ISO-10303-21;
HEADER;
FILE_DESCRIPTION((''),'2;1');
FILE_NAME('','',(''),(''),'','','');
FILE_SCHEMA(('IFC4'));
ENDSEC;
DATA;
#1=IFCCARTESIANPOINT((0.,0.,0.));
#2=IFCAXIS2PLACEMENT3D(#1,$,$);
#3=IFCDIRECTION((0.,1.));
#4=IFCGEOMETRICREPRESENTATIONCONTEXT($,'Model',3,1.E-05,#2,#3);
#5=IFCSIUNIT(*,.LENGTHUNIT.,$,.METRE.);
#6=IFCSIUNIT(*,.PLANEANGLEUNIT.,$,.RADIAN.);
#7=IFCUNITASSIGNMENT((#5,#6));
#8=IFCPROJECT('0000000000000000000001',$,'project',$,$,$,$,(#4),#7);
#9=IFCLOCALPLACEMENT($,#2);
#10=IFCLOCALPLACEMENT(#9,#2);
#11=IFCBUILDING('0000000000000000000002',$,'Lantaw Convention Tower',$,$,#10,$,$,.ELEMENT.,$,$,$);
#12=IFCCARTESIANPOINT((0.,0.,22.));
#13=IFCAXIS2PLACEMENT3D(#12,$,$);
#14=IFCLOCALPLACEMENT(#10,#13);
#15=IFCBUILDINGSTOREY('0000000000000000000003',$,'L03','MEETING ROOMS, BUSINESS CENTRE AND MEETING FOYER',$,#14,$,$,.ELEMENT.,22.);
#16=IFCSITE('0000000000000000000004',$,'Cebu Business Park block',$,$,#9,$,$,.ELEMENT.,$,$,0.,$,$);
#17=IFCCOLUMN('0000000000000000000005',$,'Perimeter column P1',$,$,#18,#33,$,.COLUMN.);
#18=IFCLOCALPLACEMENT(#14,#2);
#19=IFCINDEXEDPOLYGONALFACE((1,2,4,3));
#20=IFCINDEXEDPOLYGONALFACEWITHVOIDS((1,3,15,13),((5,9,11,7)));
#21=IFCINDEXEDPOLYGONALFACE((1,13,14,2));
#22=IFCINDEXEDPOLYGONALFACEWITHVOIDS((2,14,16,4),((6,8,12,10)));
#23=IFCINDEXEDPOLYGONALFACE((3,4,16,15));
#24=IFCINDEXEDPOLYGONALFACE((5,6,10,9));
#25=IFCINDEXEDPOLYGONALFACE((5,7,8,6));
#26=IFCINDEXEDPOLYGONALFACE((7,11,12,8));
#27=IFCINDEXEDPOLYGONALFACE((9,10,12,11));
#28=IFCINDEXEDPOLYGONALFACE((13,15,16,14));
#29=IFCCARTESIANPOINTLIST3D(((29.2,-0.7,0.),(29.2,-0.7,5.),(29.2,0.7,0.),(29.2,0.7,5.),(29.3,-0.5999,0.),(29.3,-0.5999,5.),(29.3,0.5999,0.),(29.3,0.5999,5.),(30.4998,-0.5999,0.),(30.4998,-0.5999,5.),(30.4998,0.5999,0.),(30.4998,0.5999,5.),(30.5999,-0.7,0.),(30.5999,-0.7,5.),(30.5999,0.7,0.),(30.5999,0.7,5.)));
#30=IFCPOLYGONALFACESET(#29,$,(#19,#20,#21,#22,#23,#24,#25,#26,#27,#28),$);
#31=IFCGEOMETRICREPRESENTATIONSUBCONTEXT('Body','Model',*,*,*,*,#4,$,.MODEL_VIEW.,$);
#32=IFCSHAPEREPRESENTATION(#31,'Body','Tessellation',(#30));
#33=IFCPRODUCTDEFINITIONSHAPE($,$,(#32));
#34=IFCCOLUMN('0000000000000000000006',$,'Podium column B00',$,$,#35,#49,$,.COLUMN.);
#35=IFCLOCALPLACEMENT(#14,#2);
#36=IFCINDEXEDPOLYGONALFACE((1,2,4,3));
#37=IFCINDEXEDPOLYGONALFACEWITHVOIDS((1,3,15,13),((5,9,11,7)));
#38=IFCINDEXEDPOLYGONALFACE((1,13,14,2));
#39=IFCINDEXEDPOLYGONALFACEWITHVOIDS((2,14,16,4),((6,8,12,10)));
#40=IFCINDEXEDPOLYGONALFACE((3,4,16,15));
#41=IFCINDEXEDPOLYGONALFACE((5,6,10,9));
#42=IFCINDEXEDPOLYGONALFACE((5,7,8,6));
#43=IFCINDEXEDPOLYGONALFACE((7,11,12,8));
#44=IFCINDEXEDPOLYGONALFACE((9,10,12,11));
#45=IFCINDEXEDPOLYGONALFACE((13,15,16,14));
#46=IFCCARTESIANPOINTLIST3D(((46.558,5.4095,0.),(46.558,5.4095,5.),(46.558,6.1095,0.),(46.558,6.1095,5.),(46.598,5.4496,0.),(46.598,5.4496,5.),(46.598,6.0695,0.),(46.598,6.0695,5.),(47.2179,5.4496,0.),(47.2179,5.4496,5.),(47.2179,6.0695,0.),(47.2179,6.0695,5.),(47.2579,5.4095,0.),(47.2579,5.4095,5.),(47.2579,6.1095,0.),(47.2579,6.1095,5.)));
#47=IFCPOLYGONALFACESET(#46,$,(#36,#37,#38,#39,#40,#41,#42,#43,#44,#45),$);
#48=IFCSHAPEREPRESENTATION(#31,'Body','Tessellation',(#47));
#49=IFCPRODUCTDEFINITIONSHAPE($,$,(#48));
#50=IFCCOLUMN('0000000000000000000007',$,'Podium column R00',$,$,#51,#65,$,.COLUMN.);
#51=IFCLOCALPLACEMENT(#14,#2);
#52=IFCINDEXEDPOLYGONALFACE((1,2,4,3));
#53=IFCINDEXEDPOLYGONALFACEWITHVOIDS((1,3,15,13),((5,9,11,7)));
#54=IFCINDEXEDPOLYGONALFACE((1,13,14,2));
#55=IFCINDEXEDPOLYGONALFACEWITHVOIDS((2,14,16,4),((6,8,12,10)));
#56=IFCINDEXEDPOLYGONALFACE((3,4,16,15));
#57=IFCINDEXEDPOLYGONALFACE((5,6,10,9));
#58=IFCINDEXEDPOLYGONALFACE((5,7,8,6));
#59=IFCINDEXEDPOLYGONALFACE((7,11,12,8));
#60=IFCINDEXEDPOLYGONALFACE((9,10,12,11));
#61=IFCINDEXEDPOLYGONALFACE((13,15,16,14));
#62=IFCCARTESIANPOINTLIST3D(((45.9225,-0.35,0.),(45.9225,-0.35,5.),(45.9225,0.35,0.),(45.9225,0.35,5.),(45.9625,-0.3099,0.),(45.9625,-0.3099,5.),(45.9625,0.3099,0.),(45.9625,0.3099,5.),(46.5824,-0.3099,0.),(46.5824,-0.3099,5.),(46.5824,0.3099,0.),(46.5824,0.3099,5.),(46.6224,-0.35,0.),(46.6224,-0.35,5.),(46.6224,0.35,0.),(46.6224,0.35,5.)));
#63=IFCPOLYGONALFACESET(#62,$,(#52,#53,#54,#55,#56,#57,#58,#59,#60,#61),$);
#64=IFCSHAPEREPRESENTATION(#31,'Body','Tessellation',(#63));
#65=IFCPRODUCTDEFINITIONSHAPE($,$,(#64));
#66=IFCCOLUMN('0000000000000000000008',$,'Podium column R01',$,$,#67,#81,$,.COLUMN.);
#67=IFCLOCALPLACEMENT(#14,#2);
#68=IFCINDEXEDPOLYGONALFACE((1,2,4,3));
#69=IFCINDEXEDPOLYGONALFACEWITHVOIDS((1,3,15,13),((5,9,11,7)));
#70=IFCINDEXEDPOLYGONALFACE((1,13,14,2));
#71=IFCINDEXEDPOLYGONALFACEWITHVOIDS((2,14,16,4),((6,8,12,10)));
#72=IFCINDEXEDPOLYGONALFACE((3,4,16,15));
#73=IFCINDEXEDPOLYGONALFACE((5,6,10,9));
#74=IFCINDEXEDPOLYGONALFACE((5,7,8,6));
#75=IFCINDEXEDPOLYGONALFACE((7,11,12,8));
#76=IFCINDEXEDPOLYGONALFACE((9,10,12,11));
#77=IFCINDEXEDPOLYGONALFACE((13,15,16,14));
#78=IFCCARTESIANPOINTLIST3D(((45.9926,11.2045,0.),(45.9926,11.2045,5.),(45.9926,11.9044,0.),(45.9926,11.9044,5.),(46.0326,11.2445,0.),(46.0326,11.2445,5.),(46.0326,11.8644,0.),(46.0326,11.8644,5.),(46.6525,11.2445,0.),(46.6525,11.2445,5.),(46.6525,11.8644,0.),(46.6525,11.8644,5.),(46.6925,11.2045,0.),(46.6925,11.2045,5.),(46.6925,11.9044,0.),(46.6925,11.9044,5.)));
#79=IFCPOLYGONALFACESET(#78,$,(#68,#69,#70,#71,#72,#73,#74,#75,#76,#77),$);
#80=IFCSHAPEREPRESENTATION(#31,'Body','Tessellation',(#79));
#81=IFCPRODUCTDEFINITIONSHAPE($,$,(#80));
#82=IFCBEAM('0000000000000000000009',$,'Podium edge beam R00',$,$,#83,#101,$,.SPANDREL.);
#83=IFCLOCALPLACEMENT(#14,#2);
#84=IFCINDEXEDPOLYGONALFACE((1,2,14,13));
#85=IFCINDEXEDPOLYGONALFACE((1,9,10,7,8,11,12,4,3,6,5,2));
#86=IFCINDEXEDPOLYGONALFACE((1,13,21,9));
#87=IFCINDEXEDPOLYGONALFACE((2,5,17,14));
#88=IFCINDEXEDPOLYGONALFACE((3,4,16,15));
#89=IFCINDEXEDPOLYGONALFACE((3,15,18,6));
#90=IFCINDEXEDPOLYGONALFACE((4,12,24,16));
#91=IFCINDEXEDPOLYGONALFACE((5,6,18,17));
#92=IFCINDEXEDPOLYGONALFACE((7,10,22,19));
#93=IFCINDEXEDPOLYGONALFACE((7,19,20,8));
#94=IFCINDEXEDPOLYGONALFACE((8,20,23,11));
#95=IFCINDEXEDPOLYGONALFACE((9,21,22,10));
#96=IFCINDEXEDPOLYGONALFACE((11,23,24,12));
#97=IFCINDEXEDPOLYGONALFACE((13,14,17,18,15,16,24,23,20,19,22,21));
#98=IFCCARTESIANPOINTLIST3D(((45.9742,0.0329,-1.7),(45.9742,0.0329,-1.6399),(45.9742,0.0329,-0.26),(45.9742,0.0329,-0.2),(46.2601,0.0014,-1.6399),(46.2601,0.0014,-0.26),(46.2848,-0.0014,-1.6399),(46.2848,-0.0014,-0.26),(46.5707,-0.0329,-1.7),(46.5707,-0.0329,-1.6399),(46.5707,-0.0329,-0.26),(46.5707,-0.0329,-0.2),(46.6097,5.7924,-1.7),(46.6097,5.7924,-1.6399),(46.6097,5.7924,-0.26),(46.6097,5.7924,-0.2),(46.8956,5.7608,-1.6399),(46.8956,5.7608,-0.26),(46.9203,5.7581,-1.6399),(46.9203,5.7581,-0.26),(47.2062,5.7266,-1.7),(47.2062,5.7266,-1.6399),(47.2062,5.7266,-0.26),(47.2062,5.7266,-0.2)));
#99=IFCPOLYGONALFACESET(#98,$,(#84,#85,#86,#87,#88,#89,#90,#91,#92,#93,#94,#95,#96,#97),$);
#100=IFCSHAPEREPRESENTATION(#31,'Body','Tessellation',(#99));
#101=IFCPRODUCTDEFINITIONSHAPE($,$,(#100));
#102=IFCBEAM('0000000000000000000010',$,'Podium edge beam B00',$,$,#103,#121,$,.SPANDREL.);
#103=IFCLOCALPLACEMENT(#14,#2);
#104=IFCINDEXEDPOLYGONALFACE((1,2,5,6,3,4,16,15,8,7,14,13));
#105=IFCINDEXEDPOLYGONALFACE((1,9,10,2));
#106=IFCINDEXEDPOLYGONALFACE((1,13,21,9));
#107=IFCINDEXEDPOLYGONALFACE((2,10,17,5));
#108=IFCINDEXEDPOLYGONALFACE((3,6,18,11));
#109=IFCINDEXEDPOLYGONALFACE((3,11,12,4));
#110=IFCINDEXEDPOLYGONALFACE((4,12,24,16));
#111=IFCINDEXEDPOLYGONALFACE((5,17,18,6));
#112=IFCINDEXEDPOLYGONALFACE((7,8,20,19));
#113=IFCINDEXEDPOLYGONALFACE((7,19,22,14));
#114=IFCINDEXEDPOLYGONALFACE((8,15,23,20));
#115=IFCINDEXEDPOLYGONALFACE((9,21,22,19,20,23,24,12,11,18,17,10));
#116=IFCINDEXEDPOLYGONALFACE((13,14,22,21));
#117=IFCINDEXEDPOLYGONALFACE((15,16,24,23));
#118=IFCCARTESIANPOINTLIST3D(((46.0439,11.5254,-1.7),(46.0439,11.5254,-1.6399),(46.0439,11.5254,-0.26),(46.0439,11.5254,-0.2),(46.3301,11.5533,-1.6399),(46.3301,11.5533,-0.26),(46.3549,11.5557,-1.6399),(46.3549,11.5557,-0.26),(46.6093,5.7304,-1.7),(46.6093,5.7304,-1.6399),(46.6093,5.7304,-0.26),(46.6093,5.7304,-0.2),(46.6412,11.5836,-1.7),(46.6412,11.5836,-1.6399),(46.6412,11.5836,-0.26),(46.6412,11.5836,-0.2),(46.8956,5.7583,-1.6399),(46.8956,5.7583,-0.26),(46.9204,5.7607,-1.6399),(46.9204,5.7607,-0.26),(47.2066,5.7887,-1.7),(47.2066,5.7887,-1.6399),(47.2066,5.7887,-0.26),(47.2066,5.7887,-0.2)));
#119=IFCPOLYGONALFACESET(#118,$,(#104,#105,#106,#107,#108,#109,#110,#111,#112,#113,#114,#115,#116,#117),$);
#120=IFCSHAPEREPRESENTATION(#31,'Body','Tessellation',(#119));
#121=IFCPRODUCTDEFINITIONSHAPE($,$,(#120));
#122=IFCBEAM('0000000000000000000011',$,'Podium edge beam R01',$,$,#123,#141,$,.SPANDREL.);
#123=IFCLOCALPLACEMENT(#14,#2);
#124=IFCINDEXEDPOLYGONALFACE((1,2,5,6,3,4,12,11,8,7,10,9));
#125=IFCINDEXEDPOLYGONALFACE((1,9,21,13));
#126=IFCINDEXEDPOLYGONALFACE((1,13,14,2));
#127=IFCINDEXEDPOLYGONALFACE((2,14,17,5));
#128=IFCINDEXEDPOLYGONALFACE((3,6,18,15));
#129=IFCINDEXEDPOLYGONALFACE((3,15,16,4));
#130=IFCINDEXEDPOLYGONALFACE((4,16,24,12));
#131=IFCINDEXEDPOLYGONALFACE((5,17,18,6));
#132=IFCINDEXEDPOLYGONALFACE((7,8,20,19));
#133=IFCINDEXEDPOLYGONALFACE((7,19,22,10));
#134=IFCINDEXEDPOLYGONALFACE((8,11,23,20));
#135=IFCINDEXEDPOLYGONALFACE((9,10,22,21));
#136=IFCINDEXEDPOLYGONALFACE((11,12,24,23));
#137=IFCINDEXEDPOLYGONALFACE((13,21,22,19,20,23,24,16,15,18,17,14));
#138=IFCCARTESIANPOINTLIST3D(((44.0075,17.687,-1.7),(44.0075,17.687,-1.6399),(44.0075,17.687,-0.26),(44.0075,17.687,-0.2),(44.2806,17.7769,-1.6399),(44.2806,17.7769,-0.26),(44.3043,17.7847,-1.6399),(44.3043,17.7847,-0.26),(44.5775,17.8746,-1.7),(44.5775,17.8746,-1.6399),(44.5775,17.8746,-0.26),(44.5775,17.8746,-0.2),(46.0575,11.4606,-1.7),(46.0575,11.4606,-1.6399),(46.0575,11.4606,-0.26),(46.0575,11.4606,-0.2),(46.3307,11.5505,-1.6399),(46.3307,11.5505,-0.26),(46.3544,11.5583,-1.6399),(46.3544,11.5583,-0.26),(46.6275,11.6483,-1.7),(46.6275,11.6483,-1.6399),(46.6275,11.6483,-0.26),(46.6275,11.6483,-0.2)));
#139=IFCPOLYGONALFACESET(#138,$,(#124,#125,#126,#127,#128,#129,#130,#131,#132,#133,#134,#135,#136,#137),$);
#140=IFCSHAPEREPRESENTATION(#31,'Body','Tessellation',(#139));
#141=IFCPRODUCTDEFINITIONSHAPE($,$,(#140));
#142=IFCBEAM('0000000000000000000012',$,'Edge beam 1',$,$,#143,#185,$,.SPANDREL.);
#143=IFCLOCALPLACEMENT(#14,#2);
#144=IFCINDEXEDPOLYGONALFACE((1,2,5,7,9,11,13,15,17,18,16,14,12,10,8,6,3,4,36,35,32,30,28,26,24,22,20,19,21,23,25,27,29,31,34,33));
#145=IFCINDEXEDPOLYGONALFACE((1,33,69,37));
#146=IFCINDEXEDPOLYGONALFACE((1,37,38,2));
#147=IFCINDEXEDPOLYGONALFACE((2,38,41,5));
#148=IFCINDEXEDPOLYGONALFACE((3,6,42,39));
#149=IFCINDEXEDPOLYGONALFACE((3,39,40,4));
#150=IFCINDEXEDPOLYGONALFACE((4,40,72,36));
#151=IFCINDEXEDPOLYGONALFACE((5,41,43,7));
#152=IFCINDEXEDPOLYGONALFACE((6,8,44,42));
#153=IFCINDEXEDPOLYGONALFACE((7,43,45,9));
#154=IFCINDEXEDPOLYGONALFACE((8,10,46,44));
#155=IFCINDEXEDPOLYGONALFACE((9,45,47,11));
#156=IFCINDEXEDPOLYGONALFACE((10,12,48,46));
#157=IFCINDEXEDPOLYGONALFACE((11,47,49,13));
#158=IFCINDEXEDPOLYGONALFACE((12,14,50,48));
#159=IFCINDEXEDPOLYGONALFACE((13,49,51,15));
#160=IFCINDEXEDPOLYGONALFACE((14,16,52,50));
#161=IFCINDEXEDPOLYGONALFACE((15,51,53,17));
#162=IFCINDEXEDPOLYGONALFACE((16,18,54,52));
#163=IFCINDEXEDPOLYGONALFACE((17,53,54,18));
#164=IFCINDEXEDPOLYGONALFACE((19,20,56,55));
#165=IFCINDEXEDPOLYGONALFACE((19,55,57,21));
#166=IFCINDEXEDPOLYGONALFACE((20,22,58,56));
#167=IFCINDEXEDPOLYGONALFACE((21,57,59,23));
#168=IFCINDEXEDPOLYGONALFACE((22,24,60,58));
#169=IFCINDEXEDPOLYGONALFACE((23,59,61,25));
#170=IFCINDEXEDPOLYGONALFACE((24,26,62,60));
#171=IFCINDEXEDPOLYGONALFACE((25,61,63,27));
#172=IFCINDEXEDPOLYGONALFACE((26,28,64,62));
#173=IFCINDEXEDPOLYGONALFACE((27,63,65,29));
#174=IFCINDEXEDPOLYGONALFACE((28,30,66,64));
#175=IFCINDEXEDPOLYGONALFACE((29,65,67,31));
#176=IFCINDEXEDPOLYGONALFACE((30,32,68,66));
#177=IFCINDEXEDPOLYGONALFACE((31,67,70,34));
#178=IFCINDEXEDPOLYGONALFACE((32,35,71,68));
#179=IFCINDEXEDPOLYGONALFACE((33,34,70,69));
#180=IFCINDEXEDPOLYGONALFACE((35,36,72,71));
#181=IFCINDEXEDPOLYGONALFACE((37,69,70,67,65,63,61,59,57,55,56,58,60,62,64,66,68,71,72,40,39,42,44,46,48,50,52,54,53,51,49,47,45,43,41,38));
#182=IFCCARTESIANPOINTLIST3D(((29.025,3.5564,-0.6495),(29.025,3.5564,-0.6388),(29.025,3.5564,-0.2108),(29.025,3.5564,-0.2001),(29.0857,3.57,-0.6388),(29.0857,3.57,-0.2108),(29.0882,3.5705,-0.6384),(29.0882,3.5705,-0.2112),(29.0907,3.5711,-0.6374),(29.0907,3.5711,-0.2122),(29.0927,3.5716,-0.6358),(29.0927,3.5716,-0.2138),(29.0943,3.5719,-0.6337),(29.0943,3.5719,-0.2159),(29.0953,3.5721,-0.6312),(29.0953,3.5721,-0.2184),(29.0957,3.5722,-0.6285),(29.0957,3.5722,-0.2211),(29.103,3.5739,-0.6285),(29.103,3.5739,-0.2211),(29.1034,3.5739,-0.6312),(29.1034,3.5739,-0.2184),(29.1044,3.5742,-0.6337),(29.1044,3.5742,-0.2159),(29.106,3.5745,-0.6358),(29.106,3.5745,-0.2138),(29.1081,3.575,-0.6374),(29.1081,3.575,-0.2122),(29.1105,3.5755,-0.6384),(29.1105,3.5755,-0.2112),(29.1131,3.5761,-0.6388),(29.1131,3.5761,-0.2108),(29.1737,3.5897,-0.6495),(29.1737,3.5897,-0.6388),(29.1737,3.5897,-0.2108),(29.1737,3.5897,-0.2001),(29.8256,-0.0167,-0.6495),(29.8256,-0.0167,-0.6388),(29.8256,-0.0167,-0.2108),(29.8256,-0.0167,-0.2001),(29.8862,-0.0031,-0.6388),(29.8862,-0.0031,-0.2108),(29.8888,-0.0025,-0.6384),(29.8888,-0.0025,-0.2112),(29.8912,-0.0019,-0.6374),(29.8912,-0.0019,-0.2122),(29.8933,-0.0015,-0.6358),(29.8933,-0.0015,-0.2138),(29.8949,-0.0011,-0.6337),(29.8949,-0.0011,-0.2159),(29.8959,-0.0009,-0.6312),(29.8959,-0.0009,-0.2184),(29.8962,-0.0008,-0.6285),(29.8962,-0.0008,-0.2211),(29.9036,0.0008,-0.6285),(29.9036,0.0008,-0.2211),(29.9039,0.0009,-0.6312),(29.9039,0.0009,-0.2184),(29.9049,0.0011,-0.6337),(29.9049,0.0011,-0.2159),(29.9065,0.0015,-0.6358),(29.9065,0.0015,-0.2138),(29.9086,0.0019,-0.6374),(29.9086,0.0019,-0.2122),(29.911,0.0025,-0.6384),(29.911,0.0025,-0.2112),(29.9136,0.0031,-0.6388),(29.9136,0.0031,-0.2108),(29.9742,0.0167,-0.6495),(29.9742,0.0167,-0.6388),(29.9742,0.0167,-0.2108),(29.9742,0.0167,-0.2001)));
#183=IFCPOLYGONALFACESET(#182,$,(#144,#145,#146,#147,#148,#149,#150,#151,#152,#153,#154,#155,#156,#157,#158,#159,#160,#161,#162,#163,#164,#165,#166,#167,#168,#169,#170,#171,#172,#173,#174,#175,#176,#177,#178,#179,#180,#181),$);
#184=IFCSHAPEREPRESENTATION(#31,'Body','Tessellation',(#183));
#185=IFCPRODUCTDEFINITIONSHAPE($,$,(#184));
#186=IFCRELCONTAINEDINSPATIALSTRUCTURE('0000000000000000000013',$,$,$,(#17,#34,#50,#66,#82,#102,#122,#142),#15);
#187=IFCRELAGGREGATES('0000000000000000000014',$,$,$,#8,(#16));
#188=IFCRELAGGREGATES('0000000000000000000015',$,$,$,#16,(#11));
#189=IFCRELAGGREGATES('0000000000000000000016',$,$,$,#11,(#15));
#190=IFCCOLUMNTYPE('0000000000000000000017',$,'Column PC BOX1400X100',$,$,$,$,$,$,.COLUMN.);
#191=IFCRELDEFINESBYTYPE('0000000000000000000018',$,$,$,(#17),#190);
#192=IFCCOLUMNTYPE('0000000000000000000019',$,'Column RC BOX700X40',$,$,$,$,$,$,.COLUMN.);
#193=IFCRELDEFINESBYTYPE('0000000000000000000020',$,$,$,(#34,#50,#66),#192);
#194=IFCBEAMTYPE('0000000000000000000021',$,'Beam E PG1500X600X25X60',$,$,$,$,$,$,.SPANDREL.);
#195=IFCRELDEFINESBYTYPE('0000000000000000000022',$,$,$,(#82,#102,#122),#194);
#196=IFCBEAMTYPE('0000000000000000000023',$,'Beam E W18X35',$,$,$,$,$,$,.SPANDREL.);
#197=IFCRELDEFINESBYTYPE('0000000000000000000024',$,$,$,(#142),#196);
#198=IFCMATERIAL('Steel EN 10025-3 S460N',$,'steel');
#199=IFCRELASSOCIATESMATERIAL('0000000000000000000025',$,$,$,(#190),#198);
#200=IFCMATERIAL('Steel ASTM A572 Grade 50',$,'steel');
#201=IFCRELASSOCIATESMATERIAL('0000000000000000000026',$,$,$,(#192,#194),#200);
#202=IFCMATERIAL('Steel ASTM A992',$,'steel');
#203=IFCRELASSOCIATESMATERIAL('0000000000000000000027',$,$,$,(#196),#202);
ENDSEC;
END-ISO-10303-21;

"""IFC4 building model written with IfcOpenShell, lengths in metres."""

from ifc_helpers import new_model, si_unit, direction, frame, origin, origin_2d, place, context, subcontext, project, spatial, rectangle, hollow_rectangle, i_section, extrude, material, material_profile, profile_set, type_object, element, save


model = new_model("IFC4")

# Units and contexts
model_context = context("Model", 3, precision=1e-05, world=origin(), true_north=direction((0.0, 1.0)))
body_context = subcontext(model_context, "Body", "Model", "MODEL_VIEW")
ifc_project = project(units=[si_unit("LENGTHUNIT", "METRE"), si_unit("PLANEANGLEUNIT", "RADIAN")], contexts=[model_context])

# Site, building, storey
site_placement = place(None, origin())
site = spatial("IfcSite", under=ifc_project, at=site_placement, Name="Cebu Business Park block", CompositionType="ELEMENT", RefElevation=0.0)
building_placement = place(site_placement, origin())
building = spatial("IfcBuilding", under=site, at=building_placement, Name="Lantaw Convention Tower", CompositionType="ELEMENT")
storey_placement = place(building_placement, frame((0.0, 0.0, 22.0)))
storey = spatial("IfcBuildingStorey", under=building, at=storey_placement, Name="L03", Description="MEETING ROOMS, BUSINESS CENTRE AND MEETING FOYER", CompositionType="ELEMENT", Elevation=22.0)

# Columns
ifc_material_1 = material(Name="Steel EN 10025-3 S460N", Category="steel")
ifc_material_profile_1 = material_profile(ifc_material_1, hollow_rectangle(XDim=1.3999, YDim=1.3999, WallThickness=0.1001, at=origin_2d()), Name="BOX1400X100")
ifc_material_2 = material(Name="Concrete C60/75", Category="concrete")
ifc_material_profile_2 = material_profile(ifc_material_2, rectangle(XDim=1.2, YDim=1.2, at=origin_2d()), Name="Concrete fill of BOX1400X100")
ifc_profile_set_1 = profile_set([ifc_material_profile_1, ifc_material_profile_2], Name="Steel EN 10025-3 S460N")
column_type_1 = type_object("IfcColumnType", Name="Column PC BOX1400X100", PredefinedType="COLUMN", material=ifc_profile_set_1)
column_placement = place(storey_placement, frame((29.8999, 0.0, 0.0), z_axis=(0.0, 0.0, 1.0), x_axis=(1.0, 0.0, 0.0)))
element("IfcColumn", 1, at=column_placement, inside=storey, type_object=column_type_1, Name="Perimeter column P1", PredefinedType="COLUMN", context=body_context, shape_type="SweptSolid", body=[
    extrude(hollow_rectangle(XDim=1.3999, YDim=1.3999, WallThickness=0.1001, at=origin_2d()), origin(), (0.0, 0.0, 1.0), 5.0),
])
ifc_material_3 = material(Name="Steel ASTM A572 Grade 50", Category="steel")
ifc_material_profile_3 = material_profile(ifc_material_3, hollow_rectangle(XDim=0.7, YDim=0.7, WallThickness=0.04, at=origin_2d()), Name="BOX700X40")
ifc_profile_set_2 = profile_set([ifc_material_profile_3], Name="Steel ASTM A572 Grade 50")
column_type_2 = type_object("IfcColumnType", Name="Column RC BOX700X40", PredefinedType="COLUMN", material=ifc_profile_set_2)
for number, where, z_axis, x_axis, name in (
    (2, (46.908, 5.7595, 0.0), (0.0, 0.0, 1.0), (1.0, 0.0, 0.0), "Podium column B00"),
    (3, (46.2725, 0.0, 0.0), (0.0, 0.0, 1.0), (1.0, 0.0, 0.0), "Podium column R00"),
    (4, (46.3425, 11.5544, 0.0), (0.0, 0.0, 1.0), (1.0, 0.0, 0.0), "Podium column R01"),
):
    element("IfcColumn", number, at=place(storey_placement, frame(where, z_axis=z_axis, x_axis=x_axis)), inside=storey, type_object=column_type_2, Name=name, PredefinedType="COLUMN", context=body_context, shape_type="SweptSolid", body=[
        extrude(hollow_rectangle(XDim=0.7, YDim=0.7, WallThickness=0.04, at=origin_2d()), origin(), (0.0, 0.0, 1.0), 5.0),
    ])

# Beams
ifc_material_profile_4 = material_profile(ifc_material_3, i_section(OverallWidth=0.6001, OverallDepth=1.5, WebThickness=0.0249, FlangeThickness=0.0601, at=origin_2d()), Name="PG1500X600X25X60")
ifc_profile_set_3 = profile_set([ifc_material_profile_4], Name="Steel ASTM A572 Grade 50")
beam_type_1 = type_object("IfcBeamType", Name="Beam E PG1500X600X25X60", PredefinedType="SPANDREL", material=ifc_profile_set_3)
beam_1_placement = place(storey_placement, frame((46.2725, 0.0, -0.95), z_axis=(0.109673, 0.993968, 0.0), x_axis=(-0.993968, 0.109673, 0.0)))
element("IfcBeam", 5, at=beam_1_placement, inside=storey, type_object=beam_type_1, Name="Podium edge beam R00", PredefinedType="SPANDREL", context=body_context, shape_type="SweptSolid", body=[
    extrude(i_section(OverallWidth=0.6001, OverallDepth=1.5, WebThickness=0.0249, FlangeThickness=0.0601, at=origin_2d()), origin(), (0.0, 0.0, 1.0), 5.7944),
])
beam_2_placement = place(storey_placement, frame((46.908, 5.7595, -0.95), z_axis=(-0.097112, 0.995273, 0.0), x_axis=(-0.995273, -0.097112, 0.0)))
element("IfcBeam", 6, at=beam_2_placement, inside=storey, type_object=beam_type_1, Name="Podium edge beam B00", PredefinedType="SPANDREL", context=body_context, shape_type="SweptSolid", body=[
    extrude(i_section(OverallWidth=0.6001, OverallDepth=1.5, WebThickness=0.0249, FlangeThickness=0.0601, at=origin_2d()), origin(), (0.0, 0.0, 1.0), 5.8225),
])
beam_3_placement = place(storey_placement, frame((46.3425, 11.5544, -0.95), z_axis=(-0.31274, 0.949839, 0.0), x_axis=(-0.949839, -0.31274, 0.0)))
element("IfcBeam", 7, at=beam_3_placement, inside=storey, type_object=beam_type_1, Name="Podium edge beam R01", PredefinedType="SPANDREL", context=body_context, shape_type="SweptSolid", body=[
    extrude(i_section(OverallWidth=0.6001, OverallDepth=1.5, WebThickness=0.0249, FlangeThickness=0.0601, at=origin_2d()), origin(), (0.0, 0.0, 1.0), 6.5552),
])
ifc_material_4 = material(Name="Steel ASTM A992", Category="steel")
ifc_material_profile_5 = material_profile(ifc_material_4, i_section(OverallWidth=0.1523, OverallDepth=0.4495, WebThickness=0.0076, FlangeThickness=0.0107, FilletRadius=0.0103, at=origin_2d()), Name="W18X35")
ifc_profile_set_4 = profile_set([ifc_material_profile_5], Name="Steel ASTM A992")
beam_type_2 = type_object("IfcBeamType", Name="Beam E W18X35", PredefinedType="SPANDREL", material=ifc_profile_set_4)
beam_4_placement = place(storey_placement, frame((29.8999, 0.0, -0.4248), z_axis=(-0.218632, 0.975807, 0.0), x_axis=(-0.975807, -0.218632, 0.0)))
element("IfcBeam", 8, at=beam_4_placement, inside=storey, type_object=beam_type_2, Name="Edge beam 1", PredefinedType="SPANDREL", context=body_context, shape_type="SweptSolid", body=[
    extrude(i_section(OverallWidth=0.1523, OverallDepth=0.4495, WebThickness=0.0076, FlangeThickness=0.0107, FilletRadius=0.0103, at=origin_2d()), origin(), (0.0, 0.0, 1.0), 3.6616),
])

save(model, "model.ifc")
